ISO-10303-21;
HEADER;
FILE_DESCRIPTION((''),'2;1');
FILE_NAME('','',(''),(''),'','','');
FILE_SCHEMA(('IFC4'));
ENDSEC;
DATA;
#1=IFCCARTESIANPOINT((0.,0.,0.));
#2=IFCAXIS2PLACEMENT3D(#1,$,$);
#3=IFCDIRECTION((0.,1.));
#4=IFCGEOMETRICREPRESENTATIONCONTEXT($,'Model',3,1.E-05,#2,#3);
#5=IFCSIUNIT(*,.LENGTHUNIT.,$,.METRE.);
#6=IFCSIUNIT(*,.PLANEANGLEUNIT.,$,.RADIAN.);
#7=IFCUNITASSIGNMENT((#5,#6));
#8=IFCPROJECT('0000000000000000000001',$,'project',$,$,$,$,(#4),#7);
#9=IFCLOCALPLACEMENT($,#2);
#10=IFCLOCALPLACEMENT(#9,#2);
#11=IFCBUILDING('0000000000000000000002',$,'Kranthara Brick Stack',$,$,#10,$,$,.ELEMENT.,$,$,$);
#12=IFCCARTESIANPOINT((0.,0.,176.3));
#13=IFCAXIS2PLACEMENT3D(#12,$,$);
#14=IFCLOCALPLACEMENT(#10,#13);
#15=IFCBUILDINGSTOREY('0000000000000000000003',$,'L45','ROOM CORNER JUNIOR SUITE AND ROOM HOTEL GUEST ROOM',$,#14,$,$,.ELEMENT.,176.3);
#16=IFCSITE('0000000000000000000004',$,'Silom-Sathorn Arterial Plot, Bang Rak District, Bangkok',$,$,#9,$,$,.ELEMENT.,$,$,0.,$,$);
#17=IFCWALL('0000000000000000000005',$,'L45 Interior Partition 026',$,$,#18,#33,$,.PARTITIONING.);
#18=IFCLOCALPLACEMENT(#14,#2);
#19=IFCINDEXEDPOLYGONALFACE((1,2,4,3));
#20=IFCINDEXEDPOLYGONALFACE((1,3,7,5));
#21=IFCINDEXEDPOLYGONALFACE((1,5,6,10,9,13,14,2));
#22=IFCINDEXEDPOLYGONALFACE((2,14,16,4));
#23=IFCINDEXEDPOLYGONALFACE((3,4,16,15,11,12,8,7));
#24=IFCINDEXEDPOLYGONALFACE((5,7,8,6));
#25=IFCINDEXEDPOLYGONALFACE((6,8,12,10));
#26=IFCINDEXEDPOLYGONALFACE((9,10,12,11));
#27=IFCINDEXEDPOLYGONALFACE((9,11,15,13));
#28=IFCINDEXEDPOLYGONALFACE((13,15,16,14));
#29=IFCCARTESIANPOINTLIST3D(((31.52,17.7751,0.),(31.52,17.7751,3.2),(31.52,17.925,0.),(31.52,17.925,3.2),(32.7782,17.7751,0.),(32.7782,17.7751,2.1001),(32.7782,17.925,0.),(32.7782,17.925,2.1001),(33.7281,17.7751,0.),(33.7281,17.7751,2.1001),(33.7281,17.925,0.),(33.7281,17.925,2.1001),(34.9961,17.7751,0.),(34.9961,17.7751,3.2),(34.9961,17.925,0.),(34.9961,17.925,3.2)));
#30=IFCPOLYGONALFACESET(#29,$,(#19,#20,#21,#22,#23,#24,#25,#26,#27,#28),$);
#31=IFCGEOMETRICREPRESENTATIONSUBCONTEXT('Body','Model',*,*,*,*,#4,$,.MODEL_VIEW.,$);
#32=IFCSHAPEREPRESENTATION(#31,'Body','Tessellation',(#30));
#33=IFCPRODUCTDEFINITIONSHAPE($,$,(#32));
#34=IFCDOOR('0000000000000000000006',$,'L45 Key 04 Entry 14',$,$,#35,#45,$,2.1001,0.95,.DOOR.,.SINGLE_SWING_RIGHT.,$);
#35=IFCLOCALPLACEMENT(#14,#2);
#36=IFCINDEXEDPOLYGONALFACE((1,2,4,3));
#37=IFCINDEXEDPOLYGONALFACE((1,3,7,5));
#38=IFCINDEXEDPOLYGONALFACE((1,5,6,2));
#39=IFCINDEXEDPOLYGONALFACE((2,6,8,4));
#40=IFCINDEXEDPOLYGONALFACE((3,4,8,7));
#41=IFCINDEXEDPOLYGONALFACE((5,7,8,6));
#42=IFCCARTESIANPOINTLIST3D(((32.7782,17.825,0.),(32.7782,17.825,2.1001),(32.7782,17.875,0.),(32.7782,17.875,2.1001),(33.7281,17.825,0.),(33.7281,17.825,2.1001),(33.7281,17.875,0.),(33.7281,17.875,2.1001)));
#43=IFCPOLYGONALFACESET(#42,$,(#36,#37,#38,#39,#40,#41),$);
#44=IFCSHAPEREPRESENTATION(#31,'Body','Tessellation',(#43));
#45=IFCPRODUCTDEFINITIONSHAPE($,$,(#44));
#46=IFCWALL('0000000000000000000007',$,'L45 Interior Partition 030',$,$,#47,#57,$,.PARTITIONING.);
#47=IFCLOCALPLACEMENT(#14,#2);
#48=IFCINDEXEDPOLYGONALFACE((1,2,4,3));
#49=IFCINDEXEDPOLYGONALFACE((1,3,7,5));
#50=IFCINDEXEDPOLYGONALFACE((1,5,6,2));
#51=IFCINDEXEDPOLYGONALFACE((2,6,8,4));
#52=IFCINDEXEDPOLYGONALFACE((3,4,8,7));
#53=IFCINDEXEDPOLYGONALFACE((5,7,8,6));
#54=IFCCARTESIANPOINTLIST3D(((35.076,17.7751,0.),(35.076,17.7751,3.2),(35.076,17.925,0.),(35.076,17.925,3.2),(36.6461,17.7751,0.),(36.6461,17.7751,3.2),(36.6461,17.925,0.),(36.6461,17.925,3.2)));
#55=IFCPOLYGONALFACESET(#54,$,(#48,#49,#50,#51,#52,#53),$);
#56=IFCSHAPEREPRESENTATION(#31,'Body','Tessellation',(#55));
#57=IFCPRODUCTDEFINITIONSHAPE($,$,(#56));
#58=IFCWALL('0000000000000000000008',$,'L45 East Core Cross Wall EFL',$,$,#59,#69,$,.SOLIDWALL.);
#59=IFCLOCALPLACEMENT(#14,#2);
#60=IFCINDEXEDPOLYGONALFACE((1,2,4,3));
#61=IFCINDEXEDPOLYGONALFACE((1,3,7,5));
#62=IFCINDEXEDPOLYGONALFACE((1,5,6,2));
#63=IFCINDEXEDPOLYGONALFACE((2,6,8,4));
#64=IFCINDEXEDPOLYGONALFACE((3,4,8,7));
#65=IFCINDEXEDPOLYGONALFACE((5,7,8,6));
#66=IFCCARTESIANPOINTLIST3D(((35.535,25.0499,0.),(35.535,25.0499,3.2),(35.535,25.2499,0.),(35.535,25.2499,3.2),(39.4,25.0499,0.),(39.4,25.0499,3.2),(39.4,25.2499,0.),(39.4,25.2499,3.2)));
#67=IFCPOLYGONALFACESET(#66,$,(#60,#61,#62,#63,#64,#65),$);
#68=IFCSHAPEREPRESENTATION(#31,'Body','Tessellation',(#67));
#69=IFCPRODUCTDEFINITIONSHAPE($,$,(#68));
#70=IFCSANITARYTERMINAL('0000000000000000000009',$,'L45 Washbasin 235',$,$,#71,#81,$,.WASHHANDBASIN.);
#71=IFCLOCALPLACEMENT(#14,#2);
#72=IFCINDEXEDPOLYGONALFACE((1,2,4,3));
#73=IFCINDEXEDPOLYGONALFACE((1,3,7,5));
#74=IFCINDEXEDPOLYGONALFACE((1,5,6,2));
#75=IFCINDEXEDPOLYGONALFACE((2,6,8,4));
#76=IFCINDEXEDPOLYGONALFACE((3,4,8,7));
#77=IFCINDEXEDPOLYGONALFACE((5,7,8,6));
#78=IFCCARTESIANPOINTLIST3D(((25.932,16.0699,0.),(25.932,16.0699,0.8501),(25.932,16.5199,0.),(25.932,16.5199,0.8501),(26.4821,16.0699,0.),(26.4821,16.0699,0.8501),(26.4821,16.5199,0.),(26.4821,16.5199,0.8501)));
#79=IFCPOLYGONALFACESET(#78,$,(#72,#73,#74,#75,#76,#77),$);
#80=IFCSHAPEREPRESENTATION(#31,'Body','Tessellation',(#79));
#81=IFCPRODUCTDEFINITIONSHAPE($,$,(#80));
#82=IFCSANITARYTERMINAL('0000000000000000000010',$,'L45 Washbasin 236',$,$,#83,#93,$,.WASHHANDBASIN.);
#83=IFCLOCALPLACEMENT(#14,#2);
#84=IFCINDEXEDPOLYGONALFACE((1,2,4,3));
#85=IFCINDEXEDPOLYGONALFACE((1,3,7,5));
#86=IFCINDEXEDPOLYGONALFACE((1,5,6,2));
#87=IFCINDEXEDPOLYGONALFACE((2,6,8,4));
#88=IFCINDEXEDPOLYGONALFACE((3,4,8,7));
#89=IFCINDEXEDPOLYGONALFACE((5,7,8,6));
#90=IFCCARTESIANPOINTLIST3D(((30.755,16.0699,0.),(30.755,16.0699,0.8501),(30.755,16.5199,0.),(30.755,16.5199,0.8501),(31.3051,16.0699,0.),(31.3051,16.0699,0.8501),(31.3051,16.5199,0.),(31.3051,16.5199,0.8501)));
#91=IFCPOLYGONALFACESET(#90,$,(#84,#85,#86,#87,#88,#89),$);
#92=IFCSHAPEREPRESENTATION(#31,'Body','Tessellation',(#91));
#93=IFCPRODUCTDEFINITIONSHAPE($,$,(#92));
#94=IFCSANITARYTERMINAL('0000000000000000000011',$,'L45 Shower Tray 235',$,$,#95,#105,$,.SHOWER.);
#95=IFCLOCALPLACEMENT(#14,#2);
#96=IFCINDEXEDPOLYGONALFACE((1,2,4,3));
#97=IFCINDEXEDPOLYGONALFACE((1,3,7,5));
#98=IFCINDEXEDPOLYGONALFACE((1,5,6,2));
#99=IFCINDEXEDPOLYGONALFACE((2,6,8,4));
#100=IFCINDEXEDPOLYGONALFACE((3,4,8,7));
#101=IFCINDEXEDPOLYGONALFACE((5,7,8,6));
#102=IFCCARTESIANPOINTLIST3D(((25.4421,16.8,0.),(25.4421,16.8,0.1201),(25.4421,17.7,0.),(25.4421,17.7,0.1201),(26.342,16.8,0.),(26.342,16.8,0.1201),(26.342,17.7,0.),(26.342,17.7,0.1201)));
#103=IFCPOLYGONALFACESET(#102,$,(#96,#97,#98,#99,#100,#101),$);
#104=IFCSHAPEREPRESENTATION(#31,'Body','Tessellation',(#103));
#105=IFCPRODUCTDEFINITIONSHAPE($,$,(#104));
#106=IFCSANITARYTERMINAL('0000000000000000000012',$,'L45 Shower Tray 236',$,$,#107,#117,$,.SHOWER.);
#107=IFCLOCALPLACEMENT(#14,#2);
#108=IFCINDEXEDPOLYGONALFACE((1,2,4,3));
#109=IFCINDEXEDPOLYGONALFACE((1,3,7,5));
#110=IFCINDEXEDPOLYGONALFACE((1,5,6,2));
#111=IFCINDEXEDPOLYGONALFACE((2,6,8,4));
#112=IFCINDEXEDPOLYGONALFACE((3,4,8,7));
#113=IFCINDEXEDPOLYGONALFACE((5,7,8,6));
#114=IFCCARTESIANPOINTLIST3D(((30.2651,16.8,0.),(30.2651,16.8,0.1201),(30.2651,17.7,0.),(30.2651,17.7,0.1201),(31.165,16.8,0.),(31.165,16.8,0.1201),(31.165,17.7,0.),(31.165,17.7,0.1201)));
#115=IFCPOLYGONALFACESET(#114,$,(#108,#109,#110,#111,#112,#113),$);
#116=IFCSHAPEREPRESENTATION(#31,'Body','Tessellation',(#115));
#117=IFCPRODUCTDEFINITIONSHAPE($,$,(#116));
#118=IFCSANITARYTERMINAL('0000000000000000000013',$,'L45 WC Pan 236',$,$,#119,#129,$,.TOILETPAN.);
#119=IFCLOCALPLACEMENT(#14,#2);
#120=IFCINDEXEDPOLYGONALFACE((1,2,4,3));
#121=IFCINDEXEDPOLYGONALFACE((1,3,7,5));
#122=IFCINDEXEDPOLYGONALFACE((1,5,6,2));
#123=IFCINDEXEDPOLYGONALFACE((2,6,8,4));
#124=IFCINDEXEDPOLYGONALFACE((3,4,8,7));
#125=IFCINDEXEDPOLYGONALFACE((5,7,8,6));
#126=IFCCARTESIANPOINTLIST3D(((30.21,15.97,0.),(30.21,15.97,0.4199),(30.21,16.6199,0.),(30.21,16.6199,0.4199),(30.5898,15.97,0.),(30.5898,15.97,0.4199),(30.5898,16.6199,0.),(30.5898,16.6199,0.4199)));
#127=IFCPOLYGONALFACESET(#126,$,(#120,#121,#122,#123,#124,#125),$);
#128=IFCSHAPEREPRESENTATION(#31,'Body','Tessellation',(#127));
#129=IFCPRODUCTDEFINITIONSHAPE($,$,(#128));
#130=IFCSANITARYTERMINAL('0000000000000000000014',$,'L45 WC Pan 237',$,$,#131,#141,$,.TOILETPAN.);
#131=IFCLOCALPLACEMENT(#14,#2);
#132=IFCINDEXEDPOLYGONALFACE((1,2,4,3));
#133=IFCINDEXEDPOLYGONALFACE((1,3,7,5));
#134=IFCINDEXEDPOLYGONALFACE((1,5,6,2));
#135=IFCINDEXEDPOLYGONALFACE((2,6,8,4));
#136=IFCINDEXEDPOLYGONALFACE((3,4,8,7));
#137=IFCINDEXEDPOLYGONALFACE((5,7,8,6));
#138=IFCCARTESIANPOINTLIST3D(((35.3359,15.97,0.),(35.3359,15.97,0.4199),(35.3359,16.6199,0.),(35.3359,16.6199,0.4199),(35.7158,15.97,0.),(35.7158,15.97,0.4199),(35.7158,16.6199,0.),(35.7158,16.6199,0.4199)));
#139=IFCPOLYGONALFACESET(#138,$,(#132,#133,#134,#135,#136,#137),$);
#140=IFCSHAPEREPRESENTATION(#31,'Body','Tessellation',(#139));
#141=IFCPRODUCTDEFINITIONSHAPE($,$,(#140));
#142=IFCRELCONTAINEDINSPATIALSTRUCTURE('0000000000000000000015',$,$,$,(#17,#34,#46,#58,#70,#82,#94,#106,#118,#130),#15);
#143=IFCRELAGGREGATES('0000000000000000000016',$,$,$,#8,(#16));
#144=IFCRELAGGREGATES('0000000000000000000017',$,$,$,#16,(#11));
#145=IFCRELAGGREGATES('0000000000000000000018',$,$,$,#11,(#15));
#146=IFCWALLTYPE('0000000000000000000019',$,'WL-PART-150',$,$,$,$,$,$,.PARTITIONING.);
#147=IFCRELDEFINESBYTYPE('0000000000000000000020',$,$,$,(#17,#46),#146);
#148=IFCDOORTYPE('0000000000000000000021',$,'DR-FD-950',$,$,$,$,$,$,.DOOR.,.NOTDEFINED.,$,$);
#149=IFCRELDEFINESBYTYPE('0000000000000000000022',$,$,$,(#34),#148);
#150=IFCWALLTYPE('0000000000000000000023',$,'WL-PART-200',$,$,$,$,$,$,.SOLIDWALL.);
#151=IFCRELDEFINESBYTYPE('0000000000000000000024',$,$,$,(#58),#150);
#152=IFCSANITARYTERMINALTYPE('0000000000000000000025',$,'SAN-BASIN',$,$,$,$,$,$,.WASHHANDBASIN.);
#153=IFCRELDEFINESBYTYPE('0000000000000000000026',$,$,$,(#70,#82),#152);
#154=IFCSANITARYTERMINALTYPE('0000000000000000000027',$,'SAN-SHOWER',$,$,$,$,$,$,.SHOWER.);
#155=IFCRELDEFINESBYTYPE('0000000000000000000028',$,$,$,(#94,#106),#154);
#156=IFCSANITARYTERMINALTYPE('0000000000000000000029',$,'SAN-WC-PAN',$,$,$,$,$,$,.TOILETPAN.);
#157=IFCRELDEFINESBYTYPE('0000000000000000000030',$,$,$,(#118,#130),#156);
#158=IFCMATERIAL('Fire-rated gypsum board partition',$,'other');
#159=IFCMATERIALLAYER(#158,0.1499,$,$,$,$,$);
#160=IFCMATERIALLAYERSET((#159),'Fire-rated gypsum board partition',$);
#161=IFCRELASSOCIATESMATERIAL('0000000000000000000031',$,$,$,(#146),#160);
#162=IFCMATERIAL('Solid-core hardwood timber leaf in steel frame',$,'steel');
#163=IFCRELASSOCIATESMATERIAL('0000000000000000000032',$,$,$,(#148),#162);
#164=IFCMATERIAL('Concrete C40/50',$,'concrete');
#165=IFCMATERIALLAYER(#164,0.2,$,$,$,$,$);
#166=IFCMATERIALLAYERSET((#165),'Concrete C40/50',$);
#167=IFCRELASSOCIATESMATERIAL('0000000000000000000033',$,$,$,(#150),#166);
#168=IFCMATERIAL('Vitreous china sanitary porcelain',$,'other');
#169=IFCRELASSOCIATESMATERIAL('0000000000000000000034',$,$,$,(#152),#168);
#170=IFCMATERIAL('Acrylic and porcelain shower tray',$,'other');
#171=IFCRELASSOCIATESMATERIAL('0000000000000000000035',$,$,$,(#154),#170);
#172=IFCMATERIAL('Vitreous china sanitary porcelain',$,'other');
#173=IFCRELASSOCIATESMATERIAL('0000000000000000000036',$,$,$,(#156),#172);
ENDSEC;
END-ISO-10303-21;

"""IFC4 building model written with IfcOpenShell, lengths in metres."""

from ifc_helpers import new_model, si_unit, direction, frame, frame_2d, origin, origin_2d, place, context, subcontext, project, spatial, rectangle, extrude, material, layer, layer_set, type_object, element, fill, save


model = new_model("IFC4")

# Units and contexts
model_context = context("Model", 3, precision=1e-05, world=origin(), true_north=direction((0.0, 1.0)))
body_context = subcontext(model_context, "Body", "Model", "MODEL_VIEW")
ifc_project = project(units=[si_unit("LENGTHUNIT", "METRE"), si_unit("PLANEANGLEUNIT", "RADIAN")], contexts=[model_context])

# Site, building, storey
site_placement = place(None, origin())
site = spatial("IfcSite", under=ifc_project, at=site_placement, Name="Silom-Sathorn Arterial Plot, Bang Rak District, Bangkok", CompositionType="ELEMENT", RefElevation=0.0)
building_placement = place(site_placement, origin())
building = spatial("IfcBuilding", under=site, at=building_placement, Name="Kranthara Brick Stack", CompositionType="ELEMENT")
storey_placement = place(building_placement, frame((0.0, 0.0, 176.3)))
storey = spatial("IfcBuildingStorey", under=building, at=storey_placement, Name="L45", Description="ROOM CORNER JUNIOR SUITE AND ROOM HOTEL GUEST ROOM", CompositionType="ELEMENT", Elevation=176.3)

# Shared definitions
ifc_material_1 = material(Name="Fire-rated gypsum board partition", Category="other")
ifc_layer_1 = layer(ifc_material_1, 0.1499)
ifc_layer_set_1 = layer_set([ifc_layer_1], Name="Fire-rated gypsum board partition")
wall_type_1 = type_object("IfcWallType", Name="WL-PART-150", PredefinedType="PARTITIONING", material=ifc_layer_set_1)

# Shared definitions
ifc_material_2 = material(Name="Solid-core hardwood timber leaf in steel frame", Category="steel")
door_type_1 = type_object("IfcDoorType", Name="DR-FD-950", OperationType="NOTDEFINED", PredefinedType="DOOR", material=ifc_material_2)

# Wall, opening, door
wall_1_placement = place(storey_placement, frame((31.52, 17.8501, 0.0), z_axis=(0.0, 0.0, 1.0), x_axis=(1.0, 0.0, 0.0)))
wall_1 = element("IfcWall", 1, at=wall_1_placement, inside=storey, type_object=wall_type_1, Name="L45 Interior Partition 026", PredefinedType="PARTITIONING", context=body_context, shape_type="SweptSolid", body=[
    extrude(rectangle(XDim=3.4761, YDim=0.1499, at=frame_2d((1.738, 0.0))), origin(), (0.0, 0.0, 1.0), 3.2),
])
opening_1_placement = place(wall_1_placement, frame((1.2581, 0.0, 0.0)))
opening_1 = element("IfcOpeningElement", 2, at=opening_1_placement, cuts=wall_1, PredefinedType="OPENING", context=body_context, shape_type="SweptSolid", body=[
    extrude(rectangle(XDim=0.95, YDim=2.1001, at=frame_2d((0.4751, 1.05))), frame((0.0, 0.085, 0.0), z_axis=(0.0, -1.0, 0.0), x_axis=(1.0, 0.0, 0.0)), (0.0, 0.0, 1.0), 0.1699),
])
door_1_placement = place(opening_1_placement, origin())
door_1 = element("IfcDoor", 3, at=door_1_placement, inside=storey, type_object=door_type_1, Name="L45 Key 04 Entry 14", OperationType="SINGLE_SWING_RIGHT", OverallHeight=2.1001, OverallWidth=0.95, PredefinedType="DOOR", context=body_context, shape_type="SweptSolid", body=[
    extrude(rectangle(XDim=0.95, YDim=2.1001, at=frame_2d((0.4751, 1.05))), frame((0.0, 0.0249, 0.0), z_axis=(0.0, -1.0, 0.0), x_axis=(1.0, 0.0, 0.0)), (0.0, 0.0, 1.0), 0.05),
])
fill(opening_1, door_1)

# Walls
wall_2_placement = place(storey_placement, frame((35.0759, 17.8501, 0.0), z_axis=(0.0, 0.0, 1.0), x_axis=(1.0, 0.0, 0.0)))
element("IfcWall", 4, at=wall_2_placement, inside=storey, type_object=wall_type_1, Name="L45 Interior Partition 030", PredefinedType="PARTITIONING", context=body_context, shape_type="SweptSolid", body=[
    extrude(rectangle(XDim=1.5701, YDim=0.1499, at=frame_2d((0.7852, 0.0))), origin(), (0.0, 0.0, 1.0), 3.2),
])
ifc_material_3 = material(Name="Concrete C40/50", Category="concrete")
ifc_layer_2 = layer(ifc_material_3, 0.2)
ifc_layer_set_2 = layer_set([ifc_layer_2], Name="Concrete C40/50")
wall_type_2 = type_object("IfcWallType", Name="WL-PART-200", PredefinedType="SOLIDWALL", material=ifc_layer_set_2)
wall_3_placement = place(storey_placement, frame((35.5349, 25.1499, 0.0), z_axis=(0.0, 0.0, 1.0), x_axis=(1.0, 0.0, 0.0)))
element("IfcWall", 5, at=wall_3_placement, inside=storey, type_object=wall_type_2, Name="L45 East Core Cross Wall EFL", PredefinedType="SOLIDWALL", context=body_context, shape_type="SweptSolid", body=[
    extrude(rectangle(XDim=3.865, YDim=0.2, at=frame_2d((1.9326, 0.0))), origin(), (0.0, 0.0, 1.0), 3.2),
])

# Sanitary terminals
ifc_material_4 = material(Name="Vitreous china sanitary porcelain", Category="other")
sanitary_terminal_type_1 = type_object("IfcSanitaryTerminalType", Name="SAN-BASIN", PredefinedType="WASHHANDBASIN", material=ifc_material_4)
for number, where, z_axis, x_axis, name in (
    (6, (26.207, 16.2949, 0.0), (0.0, 0.0, 1.0), (1.0, 0.0, 0.0), "L45 Washbasin 235"),
    (7, (31.03, 16.2949, 0.0), (0.0, 0.0, 1.0), (1.0, 0.0, 0.0), "L45 Washbasin 236"),
):
    element("IfcSanitaryTerminal", number, at=place(storey_placement, frame(where, z_axis=z_axis, x_axis=x_axis)), inside=storey, type_object=sanitary_terminal_type_1, Name=name, PredefinedType="WASHHANDBASIN", context=body_context, shape_type="SweptSolid", body=[
        extrude(rectangle(XDim=0.55, YDim=0.45, at=origin_2d()), origin(), (0.0, 0.0, 1.0), 0.8501),
    ])
ifc_material_5 = material(Name="Acrylic and porcelain shower tray", Category="other")
sanitary_terminal_type_2 = type_object("IfcSanitaryTerminalType", Name="SAN-SHOWER", PredefinedType="SHOWER", material=ifc_material_5)
for number, where, z_axis, x_axis, name in (
    (8, (25.8921, 17.25, 0.0), (0.0, 0.0, 1.0), (1.0, 0.0, 0.0), "L45 Shower Tray 235"),
    (9, (30.7151, 17.25, 0.0), (0.0, 0.0, 1.0), (1.0, 0.0, 0.0), "L45 Shower Tray 236"),
):
    element("IfcSanitaryTerminal", number, at=place(storey_placement, frame(where, z_axis=z_axis, x_axis=x_axis)), inside=storey, type_object=sanitary_terminal_type_2, Name=name, PredefinedType="SHOWER", context=body_context, shape_type="SweptSolid", body=[
        extrude(rectangle(XDim=0.8999, YDim=0.8999, at=origin_2d()), origin(), (0.0, 0.0, 1.0), 0.1201),
    ])
ifc_material_6 = material(Name="Vitreous china sanitary porcelain", Category="other")
sanitary_terminal_type_3 = type_object("IfcSanitaryTerminalType", Name="SAN-WC-PAN", PredefinedType="TOILETPAN", material=ifc_material_6)
for number, where, z_axis, x_axis, name in (
    (10, (30.3999, 16.2949, 0.0), (0.0, 0.0, 1.0), (1.0, 0.0, 0.0), "L45 WC Pan 236"),
    (11, (35.5259, 16.2949, 0.0), (0.0, 0.0, 1.0), (1.0, 0.0, 0.0), "L45 WC Pan 237"),
):
    element("IfcSanitaryTerminal", number, at=place(storey_placement, frame(where, z_axis=z_axis, x_axis=x_axis)), inside=storey, type_object=sanitary_terminal_type_3, Name=name, PredefinedType="TOILETPAN", context=body_context, shape_type="SweptSolid", body=[
        extrude(rectangle(XDim=0.3799, YDim=0.6499, at=origin_2d()), origin(), (0.0, 0.0, 1.0), 0.4199),
    ])

save(model, "model.ifc")
